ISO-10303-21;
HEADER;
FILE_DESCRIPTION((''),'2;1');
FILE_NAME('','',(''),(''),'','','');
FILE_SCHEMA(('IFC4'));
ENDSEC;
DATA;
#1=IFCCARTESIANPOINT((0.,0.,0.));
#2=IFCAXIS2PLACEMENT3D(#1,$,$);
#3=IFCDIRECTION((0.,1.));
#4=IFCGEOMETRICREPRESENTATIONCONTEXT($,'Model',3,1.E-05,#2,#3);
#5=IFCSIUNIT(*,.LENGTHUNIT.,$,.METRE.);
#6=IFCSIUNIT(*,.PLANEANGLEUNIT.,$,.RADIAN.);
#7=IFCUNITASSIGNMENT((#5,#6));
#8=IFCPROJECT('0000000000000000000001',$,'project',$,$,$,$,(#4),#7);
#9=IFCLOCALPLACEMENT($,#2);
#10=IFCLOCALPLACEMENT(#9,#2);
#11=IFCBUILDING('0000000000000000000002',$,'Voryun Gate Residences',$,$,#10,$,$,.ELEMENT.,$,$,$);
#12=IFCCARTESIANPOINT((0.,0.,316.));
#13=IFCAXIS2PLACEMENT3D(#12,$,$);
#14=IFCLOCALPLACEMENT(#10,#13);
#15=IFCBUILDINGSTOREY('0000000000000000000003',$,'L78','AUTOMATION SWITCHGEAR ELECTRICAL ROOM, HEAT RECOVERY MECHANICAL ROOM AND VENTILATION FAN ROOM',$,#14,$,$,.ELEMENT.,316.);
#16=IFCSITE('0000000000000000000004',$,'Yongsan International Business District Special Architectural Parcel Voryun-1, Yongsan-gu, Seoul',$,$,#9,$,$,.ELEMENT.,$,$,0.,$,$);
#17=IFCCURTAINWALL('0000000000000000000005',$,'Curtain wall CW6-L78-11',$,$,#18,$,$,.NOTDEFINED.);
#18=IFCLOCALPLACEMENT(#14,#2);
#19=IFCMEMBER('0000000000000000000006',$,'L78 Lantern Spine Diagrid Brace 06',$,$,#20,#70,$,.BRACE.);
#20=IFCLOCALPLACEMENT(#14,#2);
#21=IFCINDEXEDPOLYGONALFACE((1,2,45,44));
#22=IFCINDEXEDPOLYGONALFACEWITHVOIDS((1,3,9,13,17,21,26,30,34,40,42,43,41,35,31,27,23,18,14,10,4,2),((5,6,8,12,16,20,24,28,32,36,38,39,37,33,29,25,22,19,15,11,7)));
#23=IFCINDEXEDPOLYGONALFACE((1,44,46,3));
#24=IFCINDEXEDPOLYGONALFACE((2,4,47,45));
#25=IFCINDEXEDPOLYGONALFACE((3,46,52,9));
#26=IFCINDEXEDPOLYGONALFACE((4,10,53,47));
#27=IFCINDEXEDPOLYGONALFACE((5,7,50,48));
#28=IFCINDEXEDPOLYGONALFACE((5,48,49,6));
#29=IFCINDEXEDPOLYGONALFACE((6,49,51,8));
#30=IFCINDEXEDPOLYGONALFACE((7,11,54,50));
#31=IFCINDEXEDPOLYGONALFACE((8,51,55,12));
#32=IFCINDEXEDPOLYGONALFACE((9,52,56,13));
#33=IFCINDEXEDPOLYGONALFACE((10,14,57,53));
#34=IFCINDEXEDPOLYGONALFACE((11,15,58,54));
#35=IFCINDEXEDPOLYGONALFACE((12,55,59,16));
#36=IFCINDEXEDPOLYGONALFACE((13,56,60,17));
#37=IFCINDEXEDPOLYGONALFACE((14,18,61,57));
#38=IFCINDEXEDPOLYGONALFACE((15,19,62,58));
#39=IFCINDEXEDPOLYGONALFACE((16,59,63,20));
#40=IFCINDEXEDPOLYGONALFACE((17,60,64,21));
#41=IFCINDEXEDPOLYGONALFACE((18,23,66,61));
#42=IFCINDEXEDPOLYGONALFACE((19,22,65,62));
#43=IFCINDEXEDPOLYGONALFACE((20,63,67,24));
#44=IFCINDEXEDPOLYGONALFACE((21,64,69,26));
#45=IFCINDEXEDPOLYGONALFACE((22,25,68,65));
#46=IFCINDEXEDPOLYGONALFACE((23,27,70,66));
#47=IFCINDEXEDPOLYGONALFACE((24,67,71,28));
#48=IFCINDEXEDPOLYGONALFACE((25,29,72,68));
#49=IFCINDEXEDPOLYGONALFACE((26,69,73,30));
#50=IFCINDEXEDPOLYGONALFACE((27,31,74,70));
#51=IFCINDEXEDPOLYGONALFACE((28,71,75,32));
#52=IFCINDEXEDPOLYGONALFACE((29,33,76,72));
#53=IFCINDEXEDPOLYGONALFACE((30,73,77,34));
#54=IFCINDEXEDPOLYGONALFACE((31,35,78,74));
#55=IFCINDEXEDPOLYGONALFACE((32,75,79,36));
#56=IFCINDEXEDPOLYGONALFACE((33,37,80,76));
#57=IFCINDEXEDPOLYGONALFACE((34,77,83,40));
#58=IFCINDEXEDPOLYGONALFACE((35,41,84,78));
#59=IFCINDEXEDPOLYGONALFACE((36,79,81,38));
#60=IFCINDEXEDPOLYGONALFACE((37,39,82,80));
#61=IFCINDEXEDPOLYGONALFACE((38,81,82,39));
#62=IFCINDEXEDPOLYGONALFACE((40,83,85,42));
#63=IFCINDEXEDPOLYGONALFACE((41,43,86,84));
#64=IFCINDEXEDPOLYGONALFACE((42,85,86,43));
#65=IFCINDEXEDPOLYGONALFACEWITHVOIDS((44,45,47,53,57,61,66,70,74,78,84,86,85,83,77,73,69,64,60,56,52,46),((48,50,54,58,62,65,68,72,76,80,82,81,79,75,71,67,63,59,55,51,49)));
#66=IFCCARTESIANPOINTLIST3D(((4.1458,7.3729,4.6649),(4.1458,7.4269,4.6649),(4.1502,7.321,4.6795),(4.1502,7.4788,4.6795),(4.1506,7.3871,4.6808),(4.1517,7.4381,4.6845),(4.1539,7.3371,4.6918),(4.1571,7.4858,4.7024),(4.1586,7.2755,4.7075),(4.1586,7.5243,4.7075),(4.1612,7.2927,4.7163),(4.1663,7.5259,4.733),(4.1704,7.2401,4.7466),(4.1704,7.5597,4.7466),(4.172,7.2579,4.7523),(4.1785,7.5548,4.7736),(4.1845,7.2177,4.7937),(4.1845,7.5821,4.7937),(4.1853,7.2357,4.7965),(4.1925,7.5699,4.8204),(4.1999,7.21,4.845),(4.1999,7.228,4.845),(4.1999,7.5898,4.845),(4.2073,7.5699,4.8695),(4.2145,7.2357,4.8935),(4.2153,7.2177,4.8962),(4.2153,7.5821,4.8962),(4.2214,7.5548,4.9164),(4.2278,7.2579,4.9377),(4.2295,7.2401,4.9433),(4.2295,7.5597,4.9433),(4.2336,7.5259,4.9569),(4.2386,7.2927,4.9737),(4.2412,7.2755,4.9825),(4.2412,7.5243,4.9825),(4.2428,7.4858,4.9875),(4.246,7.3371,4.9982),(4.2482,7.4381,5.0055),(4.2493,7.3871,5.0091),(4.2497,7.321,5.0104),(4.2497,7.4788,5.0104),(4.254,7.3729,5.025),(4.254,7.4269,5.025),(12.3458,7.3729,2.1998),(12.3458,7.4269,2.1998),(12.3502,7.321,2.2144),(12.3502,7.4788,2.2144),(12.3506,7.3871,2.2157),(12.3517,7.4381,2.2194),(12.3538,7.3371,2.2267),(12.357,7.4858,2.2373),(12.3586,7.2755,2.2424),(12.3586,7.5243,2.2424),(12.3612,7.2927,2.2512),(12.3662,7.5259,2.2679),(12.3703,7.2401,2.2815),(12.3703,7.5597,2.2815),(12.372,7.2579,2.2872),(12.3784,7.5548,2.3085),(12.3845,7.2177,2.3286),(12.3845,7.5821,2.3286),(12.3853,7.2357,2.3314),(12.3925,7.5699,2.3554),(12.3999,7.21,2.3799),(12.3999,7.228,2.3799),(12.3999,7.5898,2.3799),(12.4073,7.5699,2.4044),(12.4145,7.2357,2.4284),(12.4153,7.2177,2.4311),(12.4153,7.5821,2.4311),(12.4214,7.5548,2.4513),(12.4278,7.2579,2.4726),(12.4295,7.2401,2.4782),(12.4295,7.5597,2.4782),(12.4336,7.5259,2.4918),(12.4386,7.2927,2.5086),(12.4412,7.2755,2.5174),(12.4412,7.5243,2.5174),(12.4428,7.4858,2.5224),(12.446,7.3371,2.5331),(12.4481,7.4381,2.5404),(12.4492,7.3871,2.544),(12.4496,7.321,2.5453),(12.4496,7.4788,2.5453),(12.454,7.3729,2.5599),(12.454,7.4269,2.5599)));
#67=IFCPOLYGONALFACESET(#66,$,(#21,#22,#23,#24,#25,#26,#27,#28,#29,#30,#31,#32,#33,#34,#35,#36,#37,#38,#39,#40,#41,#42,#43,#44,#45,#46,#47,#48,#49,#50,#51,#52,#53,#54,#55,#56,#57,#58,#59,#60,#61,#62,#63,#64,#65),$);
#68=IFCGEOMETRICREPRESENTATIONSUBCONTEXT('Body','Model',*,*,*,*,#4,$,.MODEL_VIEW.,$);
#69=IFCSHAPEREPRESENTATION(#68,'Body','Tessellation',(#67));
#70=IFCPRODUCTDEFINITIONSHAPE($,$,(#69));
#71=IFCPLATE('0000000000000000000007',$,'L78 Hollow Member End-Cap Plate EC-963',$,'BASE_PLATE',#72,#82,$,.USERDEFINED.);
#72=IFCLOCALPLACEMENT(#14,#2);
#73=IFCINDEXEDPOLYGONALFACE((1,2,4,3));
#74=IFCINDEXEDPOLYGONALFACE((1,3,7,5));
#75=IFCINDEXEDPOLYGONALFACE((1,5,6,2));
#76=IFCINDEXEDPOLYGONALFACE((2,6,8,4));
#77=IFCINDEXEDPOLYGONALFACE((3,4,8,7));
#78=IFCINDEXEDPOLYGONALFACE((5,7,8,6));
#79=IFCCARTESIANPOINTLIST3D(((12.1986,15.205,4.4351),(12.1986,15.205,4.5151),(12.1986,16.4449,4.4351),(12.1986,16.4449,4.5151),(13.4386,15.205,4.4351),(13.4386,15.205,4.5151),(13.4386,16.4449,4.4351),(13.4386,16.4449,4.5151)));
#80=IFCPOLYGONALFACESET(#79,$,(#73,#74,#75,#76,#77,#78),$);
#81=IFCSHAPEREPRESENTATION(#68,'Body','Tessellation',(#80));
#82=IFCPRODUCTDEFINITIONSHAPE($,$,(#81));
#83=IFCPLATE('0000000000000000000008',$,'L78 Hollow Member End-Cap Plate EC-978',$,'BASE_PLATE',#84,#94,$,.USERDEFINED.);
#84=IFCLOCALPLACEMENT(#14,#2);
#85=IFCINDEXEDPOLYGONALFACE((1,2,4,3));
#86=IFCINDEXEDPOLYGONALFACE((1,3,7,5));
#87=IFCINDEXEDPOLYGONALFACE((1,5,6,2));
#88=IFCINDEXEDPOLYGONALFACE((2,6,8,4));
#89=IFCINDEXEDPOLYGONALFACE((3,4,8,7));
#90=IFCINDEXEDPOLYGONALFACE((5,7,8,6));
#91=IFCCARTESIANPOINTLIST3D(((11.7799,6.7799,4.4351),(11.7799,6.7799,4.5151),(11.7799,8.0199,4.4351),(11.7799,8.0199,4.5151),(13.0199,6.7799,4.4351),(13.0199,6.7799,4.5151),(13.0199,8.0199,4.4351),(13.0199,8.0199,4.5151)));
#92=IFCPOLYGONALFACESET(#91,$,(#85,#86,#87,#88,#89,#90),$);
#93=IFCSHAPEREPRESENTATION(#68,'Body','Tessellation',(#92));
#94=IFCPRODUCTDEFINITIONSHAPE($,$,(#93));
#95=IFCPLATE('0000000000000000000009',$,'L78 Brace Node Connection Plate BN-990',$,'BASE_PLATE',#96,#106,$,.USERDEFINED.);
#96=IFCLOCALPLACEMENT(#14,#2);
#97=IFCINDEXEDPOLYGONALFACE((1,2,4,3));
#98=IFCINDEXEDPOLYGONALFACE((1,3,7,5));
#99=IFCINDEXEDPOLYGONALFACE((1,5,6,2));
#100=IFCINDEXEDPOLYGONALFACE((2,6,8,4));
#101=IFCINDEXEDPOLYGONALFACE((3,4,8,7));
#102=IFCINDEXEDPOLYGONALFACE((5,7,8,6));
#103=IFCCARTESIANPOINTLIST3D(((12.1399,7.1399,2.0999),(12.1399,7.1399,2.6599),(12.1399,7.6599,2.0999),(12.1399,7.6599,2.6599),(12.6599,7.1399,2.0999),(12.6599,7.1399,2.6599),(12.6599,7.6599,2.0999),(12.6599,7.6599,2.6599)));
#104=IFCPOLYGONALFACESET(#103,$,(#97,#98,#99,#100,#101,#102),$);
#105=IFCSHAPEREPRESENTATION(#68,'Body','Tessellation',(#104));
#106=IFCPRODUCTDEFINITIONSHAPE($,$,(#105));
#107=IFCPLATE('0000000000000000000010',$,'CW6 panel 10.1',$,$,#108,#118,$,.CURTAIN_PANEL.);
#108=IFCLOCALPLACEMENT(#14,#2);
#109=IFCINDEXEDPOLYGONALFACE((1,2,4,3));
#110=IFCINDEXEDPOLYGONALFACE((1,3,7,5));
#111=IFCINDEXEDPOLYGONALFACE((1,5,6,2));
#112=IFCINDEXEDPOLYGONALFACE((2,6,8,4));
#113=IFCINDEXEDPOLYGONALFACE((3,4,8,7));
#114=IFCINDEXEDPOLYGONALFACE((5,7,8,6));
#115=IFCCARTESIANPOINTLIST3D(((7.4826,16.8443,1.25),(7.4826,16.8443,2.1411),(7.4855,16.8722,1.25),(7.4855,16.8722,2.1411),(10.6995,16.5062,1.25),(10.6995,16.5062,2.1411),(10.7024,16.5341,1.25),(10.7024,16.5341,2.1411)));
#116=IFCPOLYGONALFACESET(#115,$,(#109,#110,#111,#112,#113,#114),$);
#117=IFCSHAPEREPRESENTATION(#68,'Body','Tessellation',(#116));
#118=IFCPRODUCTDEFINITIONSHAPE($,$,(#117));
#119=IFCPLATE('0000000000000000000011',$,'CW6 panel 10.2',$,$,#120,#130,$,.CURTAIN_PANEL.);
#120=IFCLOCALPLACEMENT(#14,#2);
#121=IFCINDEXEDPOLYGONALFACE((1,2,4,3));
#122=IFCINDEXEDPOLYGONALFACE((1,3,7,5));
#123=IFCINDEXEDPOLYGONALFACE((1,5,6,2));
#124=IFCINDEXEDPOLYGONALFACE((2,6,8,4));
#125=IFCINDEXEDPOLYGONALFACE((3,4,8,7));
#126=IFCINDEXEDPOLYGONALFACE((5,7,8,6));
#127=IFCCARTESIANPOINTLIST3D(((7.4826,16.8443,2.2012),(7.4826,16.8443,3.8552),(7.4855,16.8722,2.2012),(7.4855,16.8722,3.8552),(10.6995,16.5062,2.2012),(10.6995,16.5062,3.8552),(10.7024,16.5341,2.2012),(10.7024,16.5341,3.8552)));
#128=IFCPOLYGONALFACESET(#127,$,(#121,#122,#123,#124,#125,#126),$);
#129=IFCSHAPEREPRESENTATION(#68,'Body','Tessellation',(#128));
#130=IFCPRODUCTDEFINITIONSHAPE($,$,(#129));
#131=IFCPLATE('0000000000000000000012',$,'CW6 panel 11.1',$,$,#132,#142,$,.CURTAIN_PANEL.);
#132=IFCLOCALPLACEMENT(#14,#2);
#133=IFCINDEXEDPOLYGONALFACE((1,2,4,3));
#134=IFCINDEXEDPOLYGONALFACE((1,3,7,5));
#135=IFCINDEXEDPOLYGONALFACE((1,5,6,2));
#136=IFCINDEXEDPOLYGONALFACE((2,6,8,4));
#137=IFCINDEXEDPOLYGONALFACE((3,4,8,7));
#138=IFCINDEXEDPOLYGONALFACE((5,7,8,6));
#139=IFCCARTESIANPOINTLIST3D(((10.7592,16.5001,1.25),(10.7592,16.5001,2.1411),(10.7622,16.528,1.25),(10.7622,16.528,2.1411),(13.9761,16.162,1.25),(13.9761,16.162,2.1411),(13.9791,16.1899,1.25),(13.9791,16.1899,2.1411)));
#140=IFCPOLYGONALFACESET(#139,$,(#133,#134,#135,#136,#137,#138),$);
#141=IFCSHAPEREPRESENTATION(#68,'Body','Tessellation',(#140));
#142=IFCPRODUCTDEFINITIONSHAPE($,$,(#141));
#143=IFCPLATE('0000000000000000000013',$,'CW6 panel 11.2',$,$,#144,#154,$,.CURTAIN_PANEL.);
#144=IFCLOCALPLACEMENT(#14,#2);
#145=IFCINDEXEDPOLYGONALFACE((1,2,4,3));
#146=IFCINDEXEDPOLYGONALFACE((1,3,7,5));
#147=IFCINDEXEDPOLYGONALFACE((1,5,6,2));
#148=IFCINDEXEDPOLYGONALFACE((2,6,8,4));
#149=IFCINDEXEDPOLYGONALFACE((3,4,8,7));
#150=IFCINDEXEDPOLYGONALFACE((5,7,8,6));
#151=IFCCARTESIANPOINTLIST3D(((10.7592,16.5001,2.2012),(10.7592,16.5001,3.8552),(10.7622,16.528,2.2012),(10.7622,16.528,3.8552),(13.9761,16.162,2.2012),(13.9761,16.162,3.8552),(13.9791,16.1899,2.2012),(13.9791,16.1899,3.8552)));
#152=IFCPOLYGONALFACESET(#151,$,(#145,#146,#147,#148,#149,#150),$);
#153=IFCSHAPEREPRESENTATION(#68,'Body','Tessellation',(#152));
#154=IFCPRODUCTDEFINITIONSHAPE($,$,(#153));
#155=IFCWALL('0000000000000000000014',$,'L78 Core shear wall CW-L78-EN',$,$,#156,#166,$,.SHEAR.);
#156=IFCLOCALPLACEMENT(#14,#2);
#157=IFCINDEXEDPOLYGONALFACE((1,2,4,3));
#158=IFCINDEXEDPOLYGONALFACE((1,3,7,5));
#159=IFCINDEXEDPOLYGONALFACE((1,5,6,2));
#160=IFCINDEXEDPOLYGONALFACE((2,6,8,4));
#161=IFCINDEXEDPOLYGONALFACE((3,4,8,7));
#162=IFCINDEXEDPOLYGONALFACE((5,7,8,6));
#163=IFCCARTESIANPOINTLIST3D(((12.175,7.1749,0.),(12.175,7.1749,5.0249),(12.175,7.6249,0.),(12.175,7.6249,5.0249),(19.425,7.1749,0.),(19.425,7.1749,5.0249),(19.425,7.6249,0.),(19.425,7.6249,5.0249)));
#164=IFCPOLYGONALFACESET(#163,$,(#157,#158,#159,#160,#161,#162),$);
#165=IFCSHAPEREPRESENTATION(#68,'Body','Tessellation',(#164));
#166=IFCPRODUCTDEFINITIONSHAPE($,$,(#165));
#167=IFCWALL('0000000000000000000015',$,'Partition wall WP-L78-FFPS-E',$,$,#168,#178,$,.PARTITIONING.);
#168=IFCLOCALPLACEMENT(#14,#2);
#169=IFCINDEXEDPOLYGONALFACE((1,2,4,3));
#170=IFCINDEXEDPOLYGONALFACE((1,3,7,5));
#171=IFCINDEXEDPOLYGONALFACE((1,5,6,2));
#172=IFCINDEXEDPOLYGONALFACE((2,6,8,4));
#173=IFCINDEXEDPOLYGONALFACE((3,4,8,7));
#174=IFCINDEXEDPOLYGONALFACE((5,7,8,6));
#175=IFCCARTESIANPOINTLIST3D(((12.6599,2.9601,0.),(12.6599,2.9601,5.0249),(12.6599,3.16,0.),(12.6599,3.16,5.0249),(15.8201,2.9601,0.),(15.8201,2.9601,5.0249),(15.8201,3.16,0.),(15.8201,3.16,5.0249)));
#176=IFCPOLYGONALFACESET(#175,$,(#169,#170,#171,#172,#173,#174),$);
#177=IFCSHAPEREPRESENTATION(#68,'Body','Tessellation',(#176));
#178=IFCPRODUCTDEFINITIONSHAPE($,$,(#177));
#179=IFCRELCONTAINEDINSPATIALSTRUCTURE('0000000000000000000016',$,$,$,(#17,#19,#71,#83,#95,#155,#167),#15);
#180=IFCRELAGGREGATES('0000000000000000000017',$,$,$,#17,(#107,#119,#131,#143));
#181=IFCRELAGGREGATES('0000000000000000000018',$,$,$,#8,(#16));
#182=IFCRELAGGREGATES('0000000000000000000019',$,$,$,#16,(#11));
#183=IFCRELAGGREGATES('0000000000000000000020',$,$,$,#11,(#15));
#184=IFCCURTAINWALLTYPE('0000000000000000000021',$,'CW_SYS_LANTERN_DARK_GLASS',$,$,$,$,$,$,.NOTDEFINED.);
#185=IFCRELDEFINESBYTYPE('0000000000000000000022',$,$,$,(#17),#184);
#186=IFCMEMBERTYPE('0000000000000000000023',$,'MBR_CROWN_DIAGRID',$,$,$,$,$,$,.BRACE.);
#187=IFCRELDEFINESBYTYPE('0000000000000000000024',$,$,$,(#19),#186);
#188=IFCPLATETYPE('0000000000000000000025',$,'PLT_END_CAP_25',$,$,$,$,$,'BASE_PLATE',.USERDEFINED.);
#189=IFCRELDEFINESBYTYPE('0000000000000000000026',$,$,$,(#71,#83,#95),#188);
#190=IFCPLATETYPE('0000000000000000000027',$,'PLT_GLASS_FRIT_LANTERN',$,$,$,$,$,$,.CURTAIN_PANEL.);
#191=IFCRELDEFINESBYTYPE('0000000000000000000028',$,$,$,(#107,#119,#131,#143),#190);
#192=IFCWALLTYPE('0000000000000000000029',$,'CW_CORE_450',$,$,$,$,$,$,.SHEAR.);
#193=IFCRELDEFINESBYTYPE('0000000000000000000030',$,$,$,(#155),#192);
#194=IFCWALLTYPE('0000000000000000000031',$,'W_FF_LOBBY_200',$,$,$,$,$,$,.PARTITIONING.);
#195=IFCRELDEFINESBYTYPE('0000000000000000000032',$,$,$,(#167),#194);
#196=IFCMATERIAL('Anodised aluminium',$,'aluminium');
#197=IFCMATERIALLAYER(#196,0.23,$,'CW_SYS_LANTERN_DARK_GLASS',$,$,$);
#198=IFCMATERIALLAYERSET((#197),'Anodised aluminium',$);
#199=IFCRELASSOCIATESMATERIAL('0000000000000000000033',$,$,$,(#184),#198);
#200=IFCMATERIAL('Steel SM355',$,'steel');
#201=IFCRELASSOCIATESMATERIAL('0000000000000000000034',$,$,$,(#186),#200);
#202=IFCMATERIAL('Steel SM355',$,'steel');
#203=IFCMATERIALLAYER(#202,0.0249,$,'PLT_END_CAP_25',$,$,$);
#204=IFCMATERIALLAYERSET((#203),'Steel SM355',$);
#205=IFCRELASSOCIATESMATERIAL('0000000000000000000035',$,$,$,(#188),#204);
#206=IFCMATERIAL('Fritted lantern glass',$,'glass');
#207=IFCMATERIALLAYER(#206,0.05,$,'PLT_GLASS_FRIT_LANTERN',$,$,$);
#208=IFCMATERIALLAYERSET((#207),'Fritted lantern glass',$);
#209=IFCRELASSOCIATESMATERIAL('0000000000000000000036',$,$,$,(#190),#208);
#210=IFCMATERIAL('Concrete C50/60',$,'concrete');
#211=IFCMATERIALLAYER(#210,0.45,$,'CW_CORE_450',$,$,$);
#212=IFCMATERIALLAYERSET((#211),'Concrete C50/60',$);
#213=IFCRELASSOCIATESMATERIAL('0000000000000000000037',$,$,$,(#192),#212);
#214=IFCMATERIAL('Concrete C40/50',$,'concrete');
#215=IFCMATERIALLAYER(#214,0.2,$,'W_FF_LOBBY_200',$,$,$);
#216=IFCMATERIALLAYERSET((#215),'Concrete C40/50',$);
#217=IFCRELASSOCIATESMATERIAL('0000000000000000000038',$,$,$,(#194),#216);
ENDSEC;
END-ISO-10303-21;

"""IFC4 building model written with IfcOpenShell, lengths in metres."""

from ifc_helpers import new_model, si_unit, direction, frame, frame_2d, origin, origin_2d, place, context, subcontext, project, spatial, rectangle, hollow_circle, extrude, material, layer, layer_set, material_profile, profile_set, type_object, element, aggregate, save


model = new_model("IFC4")

# Units and contexts
model_context = context("Model", 3, precision=1e-05, world=origin(), true_north=direction((0.0, 1.0)))
body_context = subcontext(model_context, "Body", "Model", "MODEL_VIEW")
ifc_project = project(units=[si_unit("LENGTHUNIT", "METRE"), si_unit("PLANEANGLEUNIT", "RADIAN")], contexts=[model_context])

# Site, building, storey
site_placement = place(None, origin())
site = spatial("IfcSite", under=ifc_project, at=site_placement, Name="Yongsan International Business District Special Architectural Parcel Voryun-1, Yongsan-gu, Seoul", CompositionType="ELEMENT", RefElevation=0.0)
building_placement = place(site_placement, origin())
building = spatial("IfcBuilding", under=site, at=building_placement, Name="Voryun Gate Residences", CompositionType="ELEMENT")
storey_placement = place(building_placement, frame((0.0, 0.0, 316.0)))
storey = spatial("IfcBuildingStorey", under=building, at=storey_placement, Name="L78", Description="AUTOMATION SWITCHGEAR ELECTRICAL ROOM, HEAT RECOVERY MECHANICAL ROOM AND VENTILATION FAN ROOM", CompositionType="ELEMENT", Elevation=316.0)

# Curtain wall
ifc_material_1 = material(Name="Anodised aluminium", Category="aluminium")
ifc_layer_1 = layer(ifc_material_1, 0.23, Name="CW_SYS_LANTERN_DARK_GLASS")
ifc_layer_set_1 = layer_set([ifc_layer_1], Name="Anodised aluminium")
curtain_wall_type = type_object("IfcCurtainWallType", Name="CW_SYS_LANTERN_DARK_GLASS", PredefinedType="NOTDEFINED", material=ifc_layer_set_1)
curtain_wall_placement = place(storey_placement, origin())
curtain_wall = element("IfcCurtainWall", 1, at=curtain_wall_placement, inside=storey, type_object=curtain_wall_type, Name="Curtain wall CW6-L78-11", PredefinedType="NOTDEFINED")

# Member
ifc_material_2 = material(Name="Steel SM355", Category="steel")
ifc_material_profile_1 = material_profile(ifc_material_2, hollow_circle(Radius=0.1899, WallThickness=0.0181, at=origin_2d()), Name="CHS-380x18")
ifc_profile_set_1 = profile_set([ifc_material_profile_1], Name="Steel SM355")
member_type_1 = type_object("IfcMemberType", Name="MBR_CROWN_DIAGRID", PredefinedType="BRACE", material=ifc_profile_set_1)
member_1_placement = place(storey_placement, frame((12.3999, 7.3999, 2.3799), z_axis=(-0.957662, 0.0, 0.287895), x_axis=(0.0, -1.0, 0.0)))
element("IfcMember", 2, at=member_1_placement, inside=storey, type_object=member_type_1, Name="L78 Lantern Spine Diagrid Brace 06", PredefinedType="BRACE", context=body_context, shape_type="SweptSolid", body=[
    extrude(hollow_circle(Radius=0.1899, WallThickness=0.0181, at=origin_2d()), origin(), (0.0, 0.0, 1.0), 8.5625),
])

# Plates
ifc_material_3 = material(Name="Steel SM355", Category="steel")
ifc_layer_2 = layer(ifc_material_3, 0.0249, Name="PLT_END_CAP_25")
ifc_layer_set_2 = layer_set([ifc_layer_2], Name="Steel SM355")
plate_type_1 = type_object("IfcPlateType", Name="PLT_END_CAP_25", ElementType="BASE_PLATE", PredefinedType="USERDEFINED", material=ifc_layer_set_2)
for number, where, z_axis, x_axis, name in (
    (3, (12.8186, 15.825, 4.4351), (0.0, 0.0, 1.0), (1.0, 0.0, 0.0), "L78 Hollow Member End-Cap Plate EC-963"),
    (4, (12.3999, 7.3999, 4.4351), (0.0, 0.0, 1.0), (1.0, 0.0, 0.0), "L78 Hollow Member End-Cap Plate EC-978"),
):
    element("IfcPlate", number, at=place(storey_placement, frame(where, z_axis=z_axis, x_axis=x_axis)), inside=storey, type_object=plate_type_1, Name=name, ObjectType="BASE_PLATE", PredefinedType="USERDEFINED", context=body_context, shape_type="SweptSolid", body=[
        extrude(rectangle(XDim=1.24, YDim=1.24, at=origin_2d()), origin(), (0.0, 0.0, 1.0), 0.0801),
    ])
plate_1_placement = place(storey_placement, frame((12.3999, 7.3999, 2.0999), z_axis=(0.0, 0.0, 1.0), x_axis=(1.0, 0.0, 0.0)))
element("IfcPlate", 5, at=plate_1_placement, inside=storey, type_object=plate_type_1, Name="L78 Brace Node Connection Plate BN-990", ObjectType="BASE_PLATE", PredefinedType="USERDEFINED", context=body_context, shape_type="SweptSolid", body=[
    extrude(rectangle(XDim=0.52, YDim=0.52, at=origin_2d()), origin(), (0.0, 0.0, 1.0), 0.5601),
])

# Plates
ifc_material_4 = material(Name="Fritted lantern glass", Category="glass")
ifc_layer_3 = layer(ifc_material_4, 0.05, Name="PLT_GLASS_FRIT_LANTERN")
ifc_layer_set_3 = layer_set([ifc_layer_3], Name="Fritted lantern glass")
plate_type_2 = type_object("IfcPlateType", Name="PLT_GLASS_FRIT_LANTERN", PredefinedType="CURTAIN_PANEL", material=ifc_layer_set_3)
plate_2_placement = place(storey_placement, frame((9.0925, 16.6892, 1.25), z_axis=(0.0, 0.0, 1.0), x_axis=(0.994522, -0.104528, 0.0)))
plate_2 = element("IfcPlate", 6, at=plate_2_placement, type_object=plate_type_2, Name="CW6 panel 10.1", PredefinedType="CURTAIN_PANEL", context=body_context, shape_type="SweptSolid", body=[
    extrude(rectangle(XDim=3.2346, YDim=0.0281, at=origin_2d()), origin(), (0.0, 0.0, 1.0), 0.8911),
])
plate_3_placement = place(storey_placement, frame((9.0925, 16.6892, 2.2012), z_axis=(0.0, 0.0, 1.0), x_axis=(0.994522, -0.104528, 0.0)))
plate_3 = element("IfcPlate", 7, at=plate_3_placement, type_object=plate_type_2, Name="CW6 panel 10.2", PredefinedType="CURTAIN_PANEL", context=body_context, shape_type="SweptSolid", body=[
    extrude(rectangle(XDim=3.2346, YDim=0.0281, at=origin_2d()), origin(), (0.0, 0.0, 1.0), 1.6541),
])
plate_4_placement = place(storey_placement, frame((12.3691, 16.345, 1.25), z_axis=(0.0, 0.0, 1.0), x_axis=(0.994522, -0.104528, 0.0)))
plate_4 = element("IfcPlate", 8, at=plate_4_placement, type_object=plate_type_2, Name="CW6 panel 11.1", PredefinedType="CURTAIN_PANEL", context=body_context, shape_type="SweptSolid", body=[
    extrude(rectangle(XDim=3.2346, YDim=0.0281, at=origin_2d()), origin(), (0.0, 0.0, 1.0), 0.8911),
])
plate_5_placement = place(storey_placement, frame((12.3691, 16.345, 2.2012), z_axis=(0.0, 0.0, 1.0), x_axis=(0.994522, -0.104528, 0.0)))
plate_5 = element("IfcPlate", 9, at=plate_5_placement, type_object=plate_type_2, Name="CW6 panel 11.2", PredefinedType="CURTAIN_PANEL", context=body_context, shape_type="SweptSolid", body=[
    extrude(rectangle(XDim=3.2346, YDim=0.0281, at=origin_2d()), origin(), (0.0, 0.0, 1.0), 1.6541),
])
aggregate(curtain_wall, [plate_2, plate_3, plate_4, plate_5])

# Walls
ifc_material_5 = material(Name="Concrete C50/60", Category="concrete")
ifc_layer_4 = layer(ifc_material_5, 0.45, Name="CW_CORE_450")
ifc_layer_set_4 = layer_set([ifc_layer_4], Name="Concrete C50/60")
wall_type_1 = type_object("IfcWallType", Name="CW_CORE_450", PredefinedType="SHEAR", material=ifc_layer_set_4)
wall_1_placement = place(storey_placement, frame((12.175, 7.3999, 0.0), z_axis=(0.0, 0.0, 1.0), x_axis=(1.0, 0.0, 0.0)))
element("IfcWall", 10, at=wall_1_placement, inside=storey, type_object=wall_type_1, Name="L78 Core shear wall CW-L78-EN", PredefinedType="SHEAR", context=body_context, shape_type="SweptSolid", body=[
    extrude(rectangle(XDim=7.25, YDim=0.45, at=frame_2d((3.625, 0.0))), origin(), (0.0, 0.0, 1.0), 5.0249),
])
ifc_material_6 = material(Name="Concrete C40/50", Category="concrete")
ifc_layer_5 = layer(ifc_material_6, 0.2, Name="W_FF_LOBBY_200")
ifc_layer_set_5 = layer_set([ifc_layer_5], Name="Concrete C40/50")
wall_type_2 = type_object("IfcWallType", Name="W_FF_LOBBY_200", PredefinedType="PARTITIONING", material=ifc_layer_set_5)
wall_2_placement = place(storey_placement, frame((12.6599, 3.0601, 0.0), z_axis=(0.0, 0.0, 1.0), x_axis=(1.0, 0.0, 0.0)))
element("IfcWall", 11, at=wall_2_placement, inside=storey, type_object=wall_type_2, Name="Partition wall WP-L78-FFPS-E", PredefinedType="PARTITIONING", context=body_context, shape_type="SweptSolid", body=[
    extrude(rectangle(XDim=3.1602, YDim=0.2, at=frame_2d((1.5801, 0.0))), origin(), (0.0, 0.0, 1.0), 5.0249),
])

save(model, "model.ifc")
